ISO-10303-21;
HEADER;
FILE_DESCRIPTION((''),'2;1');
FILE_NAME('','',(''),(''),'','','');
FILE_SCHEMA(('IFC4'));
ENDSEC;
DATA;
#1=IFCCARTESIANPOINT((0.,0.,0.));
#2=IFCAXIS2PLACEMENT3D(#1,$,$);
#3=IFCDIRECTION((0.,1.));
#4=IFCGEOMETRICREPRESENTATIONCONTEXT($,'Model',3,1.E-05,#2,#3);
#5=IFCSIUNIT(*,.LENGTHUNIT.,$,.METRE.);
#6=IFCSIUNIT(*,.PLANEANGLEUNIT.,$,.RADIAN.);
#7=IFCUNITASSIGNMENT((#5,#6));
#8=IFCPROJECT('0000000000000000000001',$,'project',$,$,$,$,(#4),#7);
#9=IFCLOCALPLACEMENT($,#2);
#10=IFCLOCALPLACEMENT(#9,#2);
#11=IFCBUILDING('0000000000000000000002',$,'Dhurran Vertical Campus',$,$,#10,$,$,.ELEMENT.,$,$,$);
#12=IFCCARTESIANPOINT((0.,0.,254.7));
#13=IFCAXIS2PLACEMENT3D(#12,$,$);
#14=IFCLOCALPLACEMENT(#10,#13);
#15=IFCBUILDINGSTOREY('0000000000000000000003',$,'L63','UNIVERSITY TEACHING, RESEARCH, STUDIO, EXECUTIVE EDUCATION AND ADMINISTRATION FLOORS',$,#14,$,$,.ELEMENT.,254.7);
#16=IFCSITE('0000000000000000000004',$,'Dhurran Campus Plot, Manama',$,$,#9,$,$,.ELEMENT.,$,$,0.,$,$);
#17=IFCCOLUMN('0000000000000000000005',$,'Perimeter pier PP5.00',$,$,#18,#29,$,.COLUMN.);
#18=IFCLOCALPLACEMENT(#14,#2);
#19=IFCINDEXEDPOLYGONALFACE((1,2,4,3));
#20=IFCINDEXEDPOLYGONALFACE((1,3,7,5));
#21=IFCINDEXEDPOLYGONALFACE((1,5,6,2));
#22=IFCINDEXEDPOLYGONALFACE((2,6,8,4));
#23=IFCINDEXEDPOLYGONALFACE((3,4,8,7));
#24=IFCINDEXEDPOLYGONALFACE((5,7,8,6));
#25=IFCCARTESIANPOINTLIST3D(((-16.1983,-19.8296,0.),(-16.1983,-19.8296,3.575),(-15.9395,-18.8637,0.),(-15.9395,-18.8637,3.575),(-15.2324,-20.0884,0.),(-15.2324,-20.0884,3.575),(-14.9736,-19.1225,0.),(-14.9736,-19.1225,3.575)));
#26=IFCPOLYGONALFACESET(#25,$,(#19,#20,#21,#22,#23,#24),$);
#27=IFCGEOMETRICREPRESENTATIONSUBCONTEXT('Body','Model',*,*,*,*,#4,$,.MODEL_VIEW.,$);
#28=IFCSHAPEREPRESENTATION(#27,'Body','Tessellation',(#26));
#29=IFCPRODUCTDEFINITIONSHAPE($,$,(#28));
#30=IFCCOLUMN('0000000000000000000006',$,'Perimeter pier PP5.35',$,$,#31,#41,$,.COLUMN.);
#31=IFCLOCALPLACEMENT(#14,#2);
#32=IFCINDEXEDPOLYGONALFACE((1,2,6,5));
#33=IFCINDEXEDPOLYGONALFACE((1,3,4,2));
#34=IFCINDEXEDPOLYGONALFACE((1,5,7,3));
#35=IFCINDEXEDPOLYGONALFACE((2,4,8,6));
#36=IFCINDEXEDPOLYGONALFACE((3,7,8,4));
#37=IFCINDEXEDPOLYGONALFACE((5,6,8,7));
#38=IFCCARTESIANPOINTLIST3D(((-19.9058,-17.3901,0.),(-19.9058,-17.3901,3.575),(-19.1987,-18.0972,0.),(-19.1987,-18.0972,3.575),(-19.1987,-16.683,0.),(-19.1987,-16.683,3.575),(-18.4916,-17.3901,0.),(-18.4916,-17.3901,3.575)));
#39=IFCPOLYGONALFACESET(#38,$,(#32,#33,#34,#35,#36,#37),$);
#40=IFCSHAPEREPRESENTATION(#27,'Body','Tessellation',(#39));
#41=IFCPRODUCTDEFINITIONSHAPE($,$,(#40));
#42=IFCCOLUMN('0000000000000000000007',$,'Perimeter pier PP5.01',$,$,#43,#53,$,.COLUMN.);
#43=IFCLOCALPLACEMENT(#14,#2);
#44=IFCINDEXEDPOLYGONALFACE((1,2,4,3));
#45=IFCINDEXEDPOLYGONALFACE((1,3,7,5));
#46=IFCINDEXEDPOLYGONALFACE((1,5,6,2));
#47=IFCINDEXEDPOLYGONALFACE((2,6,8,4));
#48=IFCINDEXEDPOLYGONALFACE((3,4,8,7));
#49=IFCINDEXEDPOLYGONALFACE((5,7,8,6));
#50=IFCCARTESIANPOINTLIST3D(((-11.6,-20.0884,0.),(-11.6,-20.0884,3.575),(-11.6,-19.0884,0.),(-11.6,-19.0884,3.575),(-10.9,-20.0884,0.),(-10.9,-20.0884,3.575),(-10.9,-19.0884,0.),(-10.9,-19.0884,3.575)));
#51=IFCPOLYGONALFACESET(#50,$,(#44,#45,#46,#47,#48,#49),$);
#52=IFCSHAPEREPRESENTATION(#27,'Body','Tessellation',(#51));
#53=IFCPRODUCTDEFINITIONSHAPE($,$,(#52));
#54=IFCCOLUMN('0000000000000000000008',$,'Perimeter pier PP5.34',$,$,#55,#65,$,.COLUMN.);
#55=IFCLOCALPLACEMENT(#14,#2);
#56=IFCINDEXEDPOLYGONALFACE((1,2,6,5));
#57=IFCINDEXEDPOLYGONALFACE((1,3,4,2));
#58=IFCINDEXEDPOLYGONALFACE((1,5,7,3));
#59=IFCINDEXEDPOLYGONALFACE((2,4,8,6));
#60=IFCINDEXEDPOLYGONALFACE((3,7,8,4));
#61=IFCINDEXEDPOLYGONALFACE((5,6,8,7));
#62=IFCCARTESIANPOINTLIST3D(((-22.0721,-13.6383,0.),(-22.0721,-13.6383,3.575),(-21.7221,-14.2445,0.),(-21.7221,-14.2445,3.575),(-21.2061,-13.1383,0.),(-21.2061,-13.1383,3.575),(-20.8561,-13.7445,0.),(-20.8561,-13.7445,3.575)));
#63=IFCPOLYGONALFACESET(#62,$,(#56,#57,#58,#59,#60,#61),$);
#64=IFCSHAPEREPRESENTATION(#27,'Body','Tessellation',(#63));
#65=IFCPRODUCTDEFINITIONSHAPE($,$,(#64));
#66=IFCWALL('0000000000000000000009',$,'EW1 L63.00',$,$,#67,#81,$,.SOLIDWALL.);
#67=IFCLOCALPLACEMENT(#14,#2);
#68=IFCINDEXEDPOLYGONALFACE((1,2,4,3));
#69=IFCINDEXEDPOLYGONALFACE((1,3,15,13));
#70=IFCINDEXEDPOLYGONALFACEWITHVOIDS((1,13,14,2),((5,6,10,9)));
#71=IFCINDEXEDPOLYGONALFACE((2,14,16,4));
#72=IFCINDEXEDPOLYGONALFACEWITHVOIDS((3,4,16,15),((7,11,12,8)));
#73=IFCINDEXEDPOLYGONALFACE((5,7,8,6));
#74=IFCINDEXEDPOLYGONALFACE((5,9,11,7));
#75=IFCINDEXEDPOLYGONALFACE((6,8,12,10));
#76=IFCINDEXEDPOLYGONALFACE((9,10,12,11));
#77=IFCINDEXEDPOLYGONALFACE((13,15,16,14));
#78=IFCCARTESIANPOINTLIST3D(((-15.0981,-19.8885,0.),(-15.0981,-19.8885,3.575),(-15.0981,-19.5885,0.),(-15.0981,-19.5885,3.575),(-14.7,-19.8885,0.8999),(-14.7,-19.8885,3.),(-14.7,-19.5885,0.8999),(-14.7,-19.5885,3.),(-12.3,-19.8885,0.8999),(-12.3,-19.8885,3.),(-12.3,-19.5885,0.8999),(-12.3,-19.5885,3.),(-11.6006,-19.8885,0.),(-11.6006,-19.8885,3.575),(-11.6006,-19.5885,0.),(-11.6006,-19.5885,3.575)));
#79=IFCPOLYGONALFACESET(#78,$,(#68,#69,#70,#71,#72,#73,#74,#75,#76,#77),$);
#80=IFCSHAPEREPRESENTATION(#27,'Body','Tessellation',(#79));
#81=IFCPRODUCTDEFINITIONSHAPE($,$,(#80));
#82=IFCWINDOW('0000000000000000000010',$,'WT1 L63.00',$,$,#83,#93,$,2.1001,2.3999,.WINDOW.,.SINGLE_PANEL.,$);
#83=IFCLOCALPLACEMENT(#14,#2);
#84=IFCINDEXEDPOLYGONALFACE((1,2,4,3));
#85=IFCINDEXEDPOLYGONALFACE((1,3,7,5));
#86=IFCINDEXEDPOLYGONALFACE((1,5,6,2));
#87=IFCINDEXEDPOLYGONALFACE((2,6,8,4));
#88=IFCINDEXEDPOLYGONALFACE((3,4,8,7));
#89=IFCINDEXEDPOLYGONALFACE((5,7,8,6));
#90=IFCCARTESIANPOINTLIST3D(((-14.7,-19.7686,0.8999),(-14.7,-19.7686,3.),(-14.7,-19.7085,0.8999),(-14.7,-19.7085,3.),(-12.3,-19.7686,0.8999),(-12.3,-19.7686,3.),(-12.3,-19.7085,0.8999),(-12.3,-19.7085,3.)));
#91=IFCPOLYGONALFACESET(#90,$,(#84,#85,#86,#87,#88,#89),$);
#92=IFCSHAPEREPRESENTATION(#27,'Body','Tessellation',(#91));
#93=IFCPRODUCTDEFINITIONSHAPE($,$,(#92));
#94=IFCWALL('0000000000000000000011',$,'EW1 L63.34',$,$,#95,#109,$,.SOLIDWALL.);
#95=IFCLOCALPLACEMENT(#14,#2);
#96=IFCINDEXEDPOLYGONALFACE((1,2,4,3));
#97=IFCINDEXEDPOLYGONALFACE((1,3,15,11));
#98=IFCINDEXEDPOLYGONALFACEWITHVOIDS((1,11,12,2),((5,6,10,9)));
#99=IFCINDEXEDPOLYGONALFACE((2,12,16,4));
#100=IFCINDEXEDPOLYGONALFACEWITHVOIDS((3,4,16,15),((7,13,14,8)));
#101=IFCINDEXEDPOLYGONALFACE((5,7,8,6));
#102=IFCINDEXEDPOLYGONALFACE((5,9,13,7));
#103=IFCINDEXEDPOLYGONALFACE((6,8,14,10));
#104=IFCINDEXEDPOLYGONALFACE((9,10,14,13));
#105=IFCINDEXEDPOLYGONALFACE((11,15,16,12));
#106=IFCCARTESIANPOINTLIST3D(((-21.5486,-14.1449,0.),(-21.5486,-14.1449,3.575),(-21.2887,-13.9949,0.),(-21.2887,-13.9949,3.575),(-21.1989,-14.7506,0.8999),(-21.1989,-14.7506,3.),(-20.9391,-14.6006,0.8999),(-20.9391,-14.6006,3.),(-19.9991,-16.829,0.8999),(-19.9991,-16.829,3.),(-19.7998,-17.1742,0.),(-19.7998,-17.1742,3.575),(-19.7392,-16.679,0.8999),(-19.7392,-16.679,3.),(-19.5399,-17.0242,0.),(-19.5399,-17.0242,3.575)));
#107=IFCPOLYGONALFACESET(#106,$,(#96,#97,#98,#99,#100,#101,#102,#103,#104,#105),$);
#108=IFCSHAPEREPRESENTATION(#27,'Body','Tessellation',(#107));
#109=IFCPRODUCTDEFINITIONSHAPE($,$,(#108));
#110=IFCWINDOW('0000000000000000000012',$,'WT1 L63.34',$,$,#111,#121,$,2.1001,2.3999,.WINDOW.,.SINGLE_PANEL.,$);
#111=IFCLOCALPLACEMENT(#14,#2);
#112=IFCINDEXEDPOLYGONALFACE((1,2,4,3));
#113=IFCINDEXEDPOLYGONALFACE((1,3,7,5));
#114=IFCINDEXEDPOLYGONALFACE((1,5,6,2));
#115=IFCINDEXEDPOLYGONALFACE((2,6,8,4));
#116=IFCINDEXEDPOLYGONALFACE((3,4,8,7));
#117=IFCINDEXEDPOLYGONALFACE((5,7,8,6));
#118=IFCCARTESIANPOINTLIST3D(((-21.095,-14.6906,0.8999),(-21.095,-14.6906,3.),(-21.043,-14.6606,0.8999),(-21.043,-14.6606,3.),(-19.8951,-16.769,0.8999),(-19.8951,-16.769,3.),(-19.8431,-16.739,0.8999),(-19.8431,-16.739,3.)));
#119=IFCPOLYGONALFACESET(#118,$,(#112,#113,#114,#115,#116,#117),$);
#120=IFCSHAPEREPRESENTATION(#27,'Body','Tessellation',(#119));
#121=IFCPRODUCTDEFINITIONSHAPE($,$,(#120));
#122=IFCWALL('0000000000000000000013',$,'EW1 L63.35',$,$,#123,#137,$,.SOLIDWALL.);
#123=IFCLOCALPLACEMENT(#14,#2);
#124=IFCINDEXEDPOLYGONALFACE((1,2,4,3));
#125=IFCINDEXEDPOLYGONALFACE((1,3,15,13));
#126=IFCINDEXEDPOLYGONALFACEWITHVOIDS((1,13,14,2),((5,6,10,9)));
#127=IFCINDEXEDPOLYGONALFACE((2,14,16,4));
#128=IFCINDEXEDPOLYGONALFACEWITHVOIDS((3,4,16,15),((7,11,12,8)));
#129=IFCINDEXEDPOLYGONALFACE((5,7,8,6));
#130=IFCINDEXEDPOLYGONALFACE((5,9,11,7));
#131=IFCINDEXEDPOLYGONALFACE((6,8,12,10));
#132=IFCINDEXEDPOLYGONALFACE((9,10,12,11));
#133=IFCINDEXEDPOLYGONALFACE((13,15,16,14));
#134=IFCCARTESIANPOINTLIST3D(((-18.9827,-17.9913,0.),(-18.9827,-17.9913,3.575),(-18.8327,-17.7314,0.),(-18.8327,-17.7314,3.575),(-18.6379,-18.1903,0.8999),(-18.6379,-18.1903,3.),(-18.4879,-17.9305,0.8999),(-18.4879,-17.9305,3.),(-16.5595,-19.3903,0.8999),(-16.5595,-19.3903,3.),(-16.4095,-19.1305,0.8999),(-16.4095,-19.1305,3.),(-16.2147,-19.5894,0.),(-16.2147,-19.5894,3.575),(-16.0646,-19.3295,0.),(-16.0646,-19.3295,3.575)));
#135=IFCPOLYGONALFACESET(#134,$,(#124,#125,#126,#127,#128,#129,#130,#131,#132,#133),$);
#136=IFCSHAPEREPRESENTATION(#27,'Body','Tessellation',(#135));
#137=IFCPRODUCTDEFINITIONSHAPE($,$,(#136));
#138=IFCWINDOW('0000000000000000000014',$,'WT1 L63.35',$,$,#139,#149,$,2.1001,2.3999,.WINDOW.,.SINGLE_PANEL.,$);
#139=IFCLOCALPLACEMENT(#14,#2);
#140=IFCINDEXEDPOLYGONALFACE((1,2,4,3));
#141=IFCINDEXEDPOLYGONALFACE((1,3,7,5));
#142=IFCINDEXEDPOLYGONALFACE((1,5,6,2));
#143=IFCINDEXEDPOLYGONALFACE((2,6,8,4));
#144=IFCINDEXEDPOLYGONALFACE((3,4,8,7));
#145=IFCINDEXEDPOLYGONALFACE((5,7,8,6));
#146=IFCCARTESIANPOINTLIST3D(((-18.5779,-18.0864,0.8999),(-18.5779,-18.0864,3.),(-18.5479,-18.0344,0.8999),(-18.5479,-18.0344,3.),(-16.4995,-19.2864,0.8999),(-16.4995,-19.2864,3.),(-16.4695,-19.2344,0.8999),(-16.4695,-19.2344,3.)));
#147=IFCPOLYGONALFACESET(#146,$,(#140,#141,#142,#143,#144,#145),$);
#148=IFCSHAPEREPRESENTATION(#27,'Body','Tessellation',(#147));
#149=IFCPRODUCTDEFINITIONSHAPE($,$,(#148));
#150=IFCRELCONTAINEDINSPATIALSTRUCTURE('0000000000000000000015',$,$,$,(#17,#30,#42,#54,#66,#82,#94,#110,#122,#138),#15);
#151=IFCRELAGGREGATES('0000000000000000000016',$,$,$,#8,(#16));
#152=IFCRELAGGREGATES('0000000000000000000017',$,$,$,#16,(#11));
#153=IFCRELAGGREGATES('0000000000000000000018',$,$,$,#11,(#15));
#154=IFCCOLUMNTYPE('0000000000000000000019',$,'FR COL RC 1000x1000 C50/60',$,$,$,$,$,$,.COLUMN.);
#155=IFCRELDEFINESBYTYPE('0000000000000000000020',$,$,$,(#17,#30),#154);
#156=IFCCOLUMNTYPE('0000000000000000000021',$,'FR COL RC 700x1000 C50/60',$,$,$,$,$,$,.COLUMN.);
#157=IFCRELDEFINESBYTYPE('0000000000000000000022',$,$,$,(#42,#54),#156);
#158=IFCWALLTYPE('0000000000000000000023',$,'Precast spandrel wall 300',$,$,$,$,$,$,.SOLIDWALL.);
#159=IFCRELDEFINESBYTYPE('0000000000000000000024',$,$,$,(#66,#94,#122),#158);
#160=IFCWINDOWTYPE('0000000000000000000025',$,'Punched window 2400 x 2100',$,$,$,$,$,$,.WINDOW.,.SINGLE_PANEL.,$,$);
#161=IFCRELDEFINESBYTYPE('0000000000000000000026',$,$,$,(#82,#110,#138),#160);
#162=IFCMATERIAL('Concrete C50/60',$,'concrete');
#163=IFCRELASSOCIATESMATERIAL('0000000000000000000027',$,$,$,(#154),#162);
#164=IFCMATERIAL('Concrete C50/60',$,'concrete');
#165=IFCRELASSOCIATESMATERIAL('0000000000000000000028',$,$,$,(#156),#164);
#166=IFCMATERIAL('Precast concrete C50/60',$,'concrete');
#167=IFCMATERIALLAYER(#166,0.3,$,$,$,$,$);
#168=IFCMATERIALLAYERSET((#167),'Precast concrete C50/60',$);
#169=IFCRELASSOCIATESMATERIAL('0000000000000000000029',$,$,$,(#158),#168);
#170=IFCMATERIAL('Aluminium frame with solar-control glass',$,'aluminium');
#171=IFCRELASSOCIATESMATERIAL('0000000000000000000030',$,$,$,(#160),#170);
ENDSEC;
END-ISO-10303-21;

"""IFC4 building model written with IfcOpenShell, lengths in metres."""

from ifc_helpers import new_model, si_unit, direction, frame, frame_2d, origin, origin_2d, place, context, subcontext, project, spatial, rectangle, extrude, material, layer, layer_set, material_profile, profile_set, type_object, element, fill, save


model = new_model("IFC4")

# Units and contexts
model_context = context("Model", 3, precision=1e-05, world=origin(), true_north=direction((0.0, 1.0)))
body_context = subcontext(model_context, "Body", "Model", "MODEL_VIEW")
ifc_project = project(units=[si_unit("LENGTHUNIT", "METRE"), si_unit("PLANEANGLEUNIT", "RADIAN")], contexts=[model_context])

# Site, building, storey
site_placement = place(None, origin())
site = spatial("IfcSite", under=ifc_project, at=site_placement, Name="Dhurran Campus Plot, Manama", CompositionType="ELEMENT", RefElevation=0.0)
building_placement = place(site_placement, origin())
building = spatial("IfcBuilding", under=site, at=building_placement, Name="Dhurran Vertical Campus", CompositionType="ELEMENT")
storey_placement = place(building_placement, frame((0.0, 0.0, 254.7)))
storey = spatial("IfcBuildingStorey", under=building, at=storey_placement, Name="L63", Description="UNIVERSITY TEACHING, RESEARCH, STUDIO, EXECUTIVE EDUCATION AND ADMINISTRATION FLOORS", CompositionType="ELEMENT", Elevation=254.7)

# Columns
ifc_material_1 = material(Name="Concrete C50/60", Category="concrete")
ifc_material_profile_1 = material_profile(ifc_material_1, rectangle(XDim=1.0, YDim=1.0, at=origin_2d()), Name="RC 1000x1000")
ifc_profile_set_1 = profile_set([ifc_material_profile_1], Name="Concrete C50/60")
column_type_1 = type_object("IfcColumnType", Name="FR COL RC 1000x1000 C50/60", PredefinedType="COLUMN", material=ifc_profile_set_1)
for number, where, z_axis, x_axis, name in (
    (1, (-15.5859, -19.4761, 0.0), (0.0, 0.0, 1.0), (0.965926, -0.258819, 0.0), "Perimeter pier PP5.00"),
    (2, (-19.1987, -17.3901, 0.0), (0.0, 0.0, 1.0), (0.707107, -0.707107, 0.0), "Perimeter pier PP5.35"),
):
    element("IfcColumn", number, at=place(storey_placement, frame(where, z_axis=z_axis, x_axis=x_axis)), inside=storey, type_object=column_type_1, Name=name, PredefinedType="COLUMN", context=body_context, shape_type="SweptSolid", body=[
        extrude(rectangle(XDim=1.0, YDim=1.0, at=origin_2d()), origin(), (0.0, 0.0, 1.0), 3.575),
    ])
ifc_material_2 = material(Name="Concrete C50/60", Category="concrete")
ifc_material_profile_2 = material_profile(ifc_material_2, rectangle(XDim=0.7, YDim=1.0, at=origin_2d()), Name="RC 700x1000")
ifc_profile_set_2 = profile_set([ifc_material_profile_2], Name="Concrete C50/60")
column_type_2 = type_object("IfcColumnType", Name="FR COL RC 700x1000 C50/60", PredefinedType="COLUMN", material=ifc_profile_set_2)
for number, where, z_axis, x_axis, name in (
    (3, (-11.25, -19.5884, 0.0), (0.0, 0.0, 1.0), (1.0, 0.0, 0.0), "Perimeter pier PP5.01"),
    (4, (-21.4641, -13.6914, 0.0), (0.0, 0.0, 1.0), (0.5, -0.866025, 0.0), "Perimeter pier PP5.34"),
):
    element("IfcColumn", number, at=place(storey_placement, frame(where, z_axis=z_axis, x_axis=x_axis)), inside=storey, type_object=column_type_2, Name=name, PredefinedType="COLUMN", context=body_context, shape_type="SweptSolid", body=[
        extrude(rectangle(XDim=0.7, YDim=1.0, at=origin_2d()), origin(), (0.0, 0.0, 1.0), 3.575),
    ])

# Walls, openings, windows
ifc_material_3 = material(Name="Precast concrete C50/60", Category="concrete")
ifc_layer_1 = layer(ifc_material_3, 0.3)
ifc_layer_set_1 = layer_set([ifc_layer_1], Name="Precast concrete C50/60")
wall_type_1 = type_object("IfcWallType", Name="Precast spandrel wall 300", PredefinedType="SOLIDWALL", material=ifc_layer_set_1)
wall_1_placement = place(storey_placement, frame((-15.0981, -19.7385, 0.0), z_axis=(0.0, 0.0, 1.0), x_axis=(1.0, 0.0, 0.0)))
wall_1 = element("IfcWall", 5, at=wall_1_placement, inside=storey, type_object=wall_type_1, Name="EW1 L63.00", PredefinedType="SOLIDWALL", context=body_context, shape_type="SweptSolid", body=[
    extrude(rectangle(XDim=3.4976, YDim=0.3, at=frame_2d((1.7488, 0.0))), origin(), (0.0, 0.0, 1.0), 3.575),
])
opening_1_placement = place(wall_1_placement, frame((0.3982, 0.0, 0.8999)))
opening_1 = element("IfcOpeningElement", 6, at=opening_1_placement, cuts=wall_1, PredefinedType="OPENING", context=body_context, shape_type="SweptSolid", body=[
    extrude(rectangle(XDim=2.3999, YDim=2.1001, at=frame_2d((1.2, 1.05))), frame((0.0, 0.1599, 0.0), z_axis=(0.0, -1.0, 0.0), x_axis=(1.0, 0.0, 0.0)), (0.0, 0.0, 1.0), 0.3201),
])
ifc_material_4 = material(Name="Aluminium frame with solar-control glass", Category="aluminium")
window_type = type_object("IfcWindowType", Name="Punched window 2400 x 2100", PartitioningType="SINGLE_PANEL", PredefinedType="WINDOW", material=ifc_material_4)
window_1_placement = place(opening_1_placement, origin())
window_1 = element("IfcWindow", 7, at=window_1_placement, inside=storey, type_object=window_type, Name="WT1 L63.00", OverallHeight=2.1001, OverallWidth=2.3999, PartitioningType="SINGLE_PANEL", PredefinedType="WINDOW", context=body_context, shape_type="SweptSolid", body=[
    extrude(rectangle(XDim=2.3999, YDim=2.1001, at=frame_2d((1.2, 1.05))), frame((0.0, 0.03, 0.0), z_axis=(0.0, -1.0, 0.0), x_axis=(1.0, 0.0, 0.0)), (0.0, 0.0, 1.0), 0.0601),
])
fill(opening_1, window_1)
wall_2_placement = place(storey_placement, frame((-21.4187, -14.0698, 0.0), z_axis=(0.0, 0.0, 1.0), x_axis=(0.49996, -0.866048, 0.0)))
wall_2 = element("IfcWall", 8, at=wall_2_placement, inside=storey, type_object=wall_type_1, Name="EW1 L63.34", PredefinedType="SOLIDWALL", context=body_context, shape_type="SweptSolid", body=[
    extrude(rectangle(XDim=3.4978, YDim=0.3, at=frame_2d((1.749, 0.0))), origin(), (0.0, 0.0, 1.0), 3.575),
])
opening_2_placement = place(wall_2_placement, frame((0.6995, 0.0, 0.8999)))
opening_2 = element("IfcOpeningElement", 9, at=opening_2_placement, cuts=wall_2, PredefinedType="OPENING", context=body_context, shape_type="SweptSolid", body=[
    extrude(rectangle(XDim=2.3999, YDim=2.1001, at=frame_2d((1.2, 1.05))), frame((0.0, 0.1599, 0.0), z_axis=(0.0, -1.0, 0.0), x_axis=(1.0, 0.0, 0.0)), (0.0, 0.0, 1.0), 0.3201),
])
window_2_placement = place(opening_2_placement, origin())
window_2 = element("IfcWindow", 10, at=window_2_placement, inside=storey, type_object=window_type, Name="WT1 L63.34", OverallHeight=2.1001, OverallWidth=2.3999, PartitioningType="SINGLE_PANEL", PredefinedType="WINDOW", context=body_context, shape_type="SweptSolid", body=[
    extrude(rectangle(XDim=2.3999, YDim=2.1001, at=frame_2d((1.2, 1.05))), frame((0.0, 0.03, 0.0), z_axis=(0.0, -1.0, 0.0), x_axis=(1.0, 0.0, 0.0)), (0.0, 0.0, 1.0), 0.0601),
])
fill(opening_2, window_2)
wall_3_placement = place(storey_placement, frame((-18.9077, -17.8613, 0.0), z_axis=(0.0, 0.0, 1.0), x_axis=(0.866025, -0.5, 0.0)))
wall_3 = element("IfcWall", 11, at=wall_3_placement, inside=storey, type_object=wall_type_1, Name="EW1 L63.35", PredefinedType="SOLIDWALL", context=body_context, shape_type="SweptSolid", body=[
    extrude(rectangle(XDim=3.1963, YDim=0.3, at=frame_2d((1.5981, 0.0))), origin(), (0.0, 0.0, 1.0), 3.575),
])
opening_3_placement = place(wall_3_placement, frame((0.3982, 0.0, 0.8999)))
opening_3 = element("IfcOpeningElement", 12, at=opening_3_placement, cuts=wall_3, PredefinedType="OPENING", context=body_context, shape_type="SweptSolid", body=[
    extrude(rectangle(XDim=2.3999, YDim=2.1001, at=frame_2d((1.2, 1.05))), frame((0.0, 0.1599, 0.0), z_axis=(0.0, -1.0, 0.0), x_axis=(1.0, 0.0, 0.0)), (0.0, 0.0, 1.0), 0.3201),
])
window_3_placement = place(opening_3_placement, origin())
window_3 = element("IfcWindow", 13, at=window_3_placement, inside=storey, type_object=window_type, Name="WT1 L63.35", OverallHeight=2.1001, OverallWidth=2.3999, PartitioningType="SINGLE_PANEL", PredefinedType="WINDOW", context=body_context, shape_type="SweptSolid", body=[
    extrude(rectangle(XDim=2.3999, YDim=2.1001, at=frame_2d((1.2, 1.05))), frame((0.0, 0.03, 0.0), z_axis=(0.0, -1.0, 0.0), x_axis=(1.0, 0.0, 0.0)), (0.0, 0.0, 1.0), 0.0601),
])
fill(opening_3, window_3)

save(model, "model.ifc")
